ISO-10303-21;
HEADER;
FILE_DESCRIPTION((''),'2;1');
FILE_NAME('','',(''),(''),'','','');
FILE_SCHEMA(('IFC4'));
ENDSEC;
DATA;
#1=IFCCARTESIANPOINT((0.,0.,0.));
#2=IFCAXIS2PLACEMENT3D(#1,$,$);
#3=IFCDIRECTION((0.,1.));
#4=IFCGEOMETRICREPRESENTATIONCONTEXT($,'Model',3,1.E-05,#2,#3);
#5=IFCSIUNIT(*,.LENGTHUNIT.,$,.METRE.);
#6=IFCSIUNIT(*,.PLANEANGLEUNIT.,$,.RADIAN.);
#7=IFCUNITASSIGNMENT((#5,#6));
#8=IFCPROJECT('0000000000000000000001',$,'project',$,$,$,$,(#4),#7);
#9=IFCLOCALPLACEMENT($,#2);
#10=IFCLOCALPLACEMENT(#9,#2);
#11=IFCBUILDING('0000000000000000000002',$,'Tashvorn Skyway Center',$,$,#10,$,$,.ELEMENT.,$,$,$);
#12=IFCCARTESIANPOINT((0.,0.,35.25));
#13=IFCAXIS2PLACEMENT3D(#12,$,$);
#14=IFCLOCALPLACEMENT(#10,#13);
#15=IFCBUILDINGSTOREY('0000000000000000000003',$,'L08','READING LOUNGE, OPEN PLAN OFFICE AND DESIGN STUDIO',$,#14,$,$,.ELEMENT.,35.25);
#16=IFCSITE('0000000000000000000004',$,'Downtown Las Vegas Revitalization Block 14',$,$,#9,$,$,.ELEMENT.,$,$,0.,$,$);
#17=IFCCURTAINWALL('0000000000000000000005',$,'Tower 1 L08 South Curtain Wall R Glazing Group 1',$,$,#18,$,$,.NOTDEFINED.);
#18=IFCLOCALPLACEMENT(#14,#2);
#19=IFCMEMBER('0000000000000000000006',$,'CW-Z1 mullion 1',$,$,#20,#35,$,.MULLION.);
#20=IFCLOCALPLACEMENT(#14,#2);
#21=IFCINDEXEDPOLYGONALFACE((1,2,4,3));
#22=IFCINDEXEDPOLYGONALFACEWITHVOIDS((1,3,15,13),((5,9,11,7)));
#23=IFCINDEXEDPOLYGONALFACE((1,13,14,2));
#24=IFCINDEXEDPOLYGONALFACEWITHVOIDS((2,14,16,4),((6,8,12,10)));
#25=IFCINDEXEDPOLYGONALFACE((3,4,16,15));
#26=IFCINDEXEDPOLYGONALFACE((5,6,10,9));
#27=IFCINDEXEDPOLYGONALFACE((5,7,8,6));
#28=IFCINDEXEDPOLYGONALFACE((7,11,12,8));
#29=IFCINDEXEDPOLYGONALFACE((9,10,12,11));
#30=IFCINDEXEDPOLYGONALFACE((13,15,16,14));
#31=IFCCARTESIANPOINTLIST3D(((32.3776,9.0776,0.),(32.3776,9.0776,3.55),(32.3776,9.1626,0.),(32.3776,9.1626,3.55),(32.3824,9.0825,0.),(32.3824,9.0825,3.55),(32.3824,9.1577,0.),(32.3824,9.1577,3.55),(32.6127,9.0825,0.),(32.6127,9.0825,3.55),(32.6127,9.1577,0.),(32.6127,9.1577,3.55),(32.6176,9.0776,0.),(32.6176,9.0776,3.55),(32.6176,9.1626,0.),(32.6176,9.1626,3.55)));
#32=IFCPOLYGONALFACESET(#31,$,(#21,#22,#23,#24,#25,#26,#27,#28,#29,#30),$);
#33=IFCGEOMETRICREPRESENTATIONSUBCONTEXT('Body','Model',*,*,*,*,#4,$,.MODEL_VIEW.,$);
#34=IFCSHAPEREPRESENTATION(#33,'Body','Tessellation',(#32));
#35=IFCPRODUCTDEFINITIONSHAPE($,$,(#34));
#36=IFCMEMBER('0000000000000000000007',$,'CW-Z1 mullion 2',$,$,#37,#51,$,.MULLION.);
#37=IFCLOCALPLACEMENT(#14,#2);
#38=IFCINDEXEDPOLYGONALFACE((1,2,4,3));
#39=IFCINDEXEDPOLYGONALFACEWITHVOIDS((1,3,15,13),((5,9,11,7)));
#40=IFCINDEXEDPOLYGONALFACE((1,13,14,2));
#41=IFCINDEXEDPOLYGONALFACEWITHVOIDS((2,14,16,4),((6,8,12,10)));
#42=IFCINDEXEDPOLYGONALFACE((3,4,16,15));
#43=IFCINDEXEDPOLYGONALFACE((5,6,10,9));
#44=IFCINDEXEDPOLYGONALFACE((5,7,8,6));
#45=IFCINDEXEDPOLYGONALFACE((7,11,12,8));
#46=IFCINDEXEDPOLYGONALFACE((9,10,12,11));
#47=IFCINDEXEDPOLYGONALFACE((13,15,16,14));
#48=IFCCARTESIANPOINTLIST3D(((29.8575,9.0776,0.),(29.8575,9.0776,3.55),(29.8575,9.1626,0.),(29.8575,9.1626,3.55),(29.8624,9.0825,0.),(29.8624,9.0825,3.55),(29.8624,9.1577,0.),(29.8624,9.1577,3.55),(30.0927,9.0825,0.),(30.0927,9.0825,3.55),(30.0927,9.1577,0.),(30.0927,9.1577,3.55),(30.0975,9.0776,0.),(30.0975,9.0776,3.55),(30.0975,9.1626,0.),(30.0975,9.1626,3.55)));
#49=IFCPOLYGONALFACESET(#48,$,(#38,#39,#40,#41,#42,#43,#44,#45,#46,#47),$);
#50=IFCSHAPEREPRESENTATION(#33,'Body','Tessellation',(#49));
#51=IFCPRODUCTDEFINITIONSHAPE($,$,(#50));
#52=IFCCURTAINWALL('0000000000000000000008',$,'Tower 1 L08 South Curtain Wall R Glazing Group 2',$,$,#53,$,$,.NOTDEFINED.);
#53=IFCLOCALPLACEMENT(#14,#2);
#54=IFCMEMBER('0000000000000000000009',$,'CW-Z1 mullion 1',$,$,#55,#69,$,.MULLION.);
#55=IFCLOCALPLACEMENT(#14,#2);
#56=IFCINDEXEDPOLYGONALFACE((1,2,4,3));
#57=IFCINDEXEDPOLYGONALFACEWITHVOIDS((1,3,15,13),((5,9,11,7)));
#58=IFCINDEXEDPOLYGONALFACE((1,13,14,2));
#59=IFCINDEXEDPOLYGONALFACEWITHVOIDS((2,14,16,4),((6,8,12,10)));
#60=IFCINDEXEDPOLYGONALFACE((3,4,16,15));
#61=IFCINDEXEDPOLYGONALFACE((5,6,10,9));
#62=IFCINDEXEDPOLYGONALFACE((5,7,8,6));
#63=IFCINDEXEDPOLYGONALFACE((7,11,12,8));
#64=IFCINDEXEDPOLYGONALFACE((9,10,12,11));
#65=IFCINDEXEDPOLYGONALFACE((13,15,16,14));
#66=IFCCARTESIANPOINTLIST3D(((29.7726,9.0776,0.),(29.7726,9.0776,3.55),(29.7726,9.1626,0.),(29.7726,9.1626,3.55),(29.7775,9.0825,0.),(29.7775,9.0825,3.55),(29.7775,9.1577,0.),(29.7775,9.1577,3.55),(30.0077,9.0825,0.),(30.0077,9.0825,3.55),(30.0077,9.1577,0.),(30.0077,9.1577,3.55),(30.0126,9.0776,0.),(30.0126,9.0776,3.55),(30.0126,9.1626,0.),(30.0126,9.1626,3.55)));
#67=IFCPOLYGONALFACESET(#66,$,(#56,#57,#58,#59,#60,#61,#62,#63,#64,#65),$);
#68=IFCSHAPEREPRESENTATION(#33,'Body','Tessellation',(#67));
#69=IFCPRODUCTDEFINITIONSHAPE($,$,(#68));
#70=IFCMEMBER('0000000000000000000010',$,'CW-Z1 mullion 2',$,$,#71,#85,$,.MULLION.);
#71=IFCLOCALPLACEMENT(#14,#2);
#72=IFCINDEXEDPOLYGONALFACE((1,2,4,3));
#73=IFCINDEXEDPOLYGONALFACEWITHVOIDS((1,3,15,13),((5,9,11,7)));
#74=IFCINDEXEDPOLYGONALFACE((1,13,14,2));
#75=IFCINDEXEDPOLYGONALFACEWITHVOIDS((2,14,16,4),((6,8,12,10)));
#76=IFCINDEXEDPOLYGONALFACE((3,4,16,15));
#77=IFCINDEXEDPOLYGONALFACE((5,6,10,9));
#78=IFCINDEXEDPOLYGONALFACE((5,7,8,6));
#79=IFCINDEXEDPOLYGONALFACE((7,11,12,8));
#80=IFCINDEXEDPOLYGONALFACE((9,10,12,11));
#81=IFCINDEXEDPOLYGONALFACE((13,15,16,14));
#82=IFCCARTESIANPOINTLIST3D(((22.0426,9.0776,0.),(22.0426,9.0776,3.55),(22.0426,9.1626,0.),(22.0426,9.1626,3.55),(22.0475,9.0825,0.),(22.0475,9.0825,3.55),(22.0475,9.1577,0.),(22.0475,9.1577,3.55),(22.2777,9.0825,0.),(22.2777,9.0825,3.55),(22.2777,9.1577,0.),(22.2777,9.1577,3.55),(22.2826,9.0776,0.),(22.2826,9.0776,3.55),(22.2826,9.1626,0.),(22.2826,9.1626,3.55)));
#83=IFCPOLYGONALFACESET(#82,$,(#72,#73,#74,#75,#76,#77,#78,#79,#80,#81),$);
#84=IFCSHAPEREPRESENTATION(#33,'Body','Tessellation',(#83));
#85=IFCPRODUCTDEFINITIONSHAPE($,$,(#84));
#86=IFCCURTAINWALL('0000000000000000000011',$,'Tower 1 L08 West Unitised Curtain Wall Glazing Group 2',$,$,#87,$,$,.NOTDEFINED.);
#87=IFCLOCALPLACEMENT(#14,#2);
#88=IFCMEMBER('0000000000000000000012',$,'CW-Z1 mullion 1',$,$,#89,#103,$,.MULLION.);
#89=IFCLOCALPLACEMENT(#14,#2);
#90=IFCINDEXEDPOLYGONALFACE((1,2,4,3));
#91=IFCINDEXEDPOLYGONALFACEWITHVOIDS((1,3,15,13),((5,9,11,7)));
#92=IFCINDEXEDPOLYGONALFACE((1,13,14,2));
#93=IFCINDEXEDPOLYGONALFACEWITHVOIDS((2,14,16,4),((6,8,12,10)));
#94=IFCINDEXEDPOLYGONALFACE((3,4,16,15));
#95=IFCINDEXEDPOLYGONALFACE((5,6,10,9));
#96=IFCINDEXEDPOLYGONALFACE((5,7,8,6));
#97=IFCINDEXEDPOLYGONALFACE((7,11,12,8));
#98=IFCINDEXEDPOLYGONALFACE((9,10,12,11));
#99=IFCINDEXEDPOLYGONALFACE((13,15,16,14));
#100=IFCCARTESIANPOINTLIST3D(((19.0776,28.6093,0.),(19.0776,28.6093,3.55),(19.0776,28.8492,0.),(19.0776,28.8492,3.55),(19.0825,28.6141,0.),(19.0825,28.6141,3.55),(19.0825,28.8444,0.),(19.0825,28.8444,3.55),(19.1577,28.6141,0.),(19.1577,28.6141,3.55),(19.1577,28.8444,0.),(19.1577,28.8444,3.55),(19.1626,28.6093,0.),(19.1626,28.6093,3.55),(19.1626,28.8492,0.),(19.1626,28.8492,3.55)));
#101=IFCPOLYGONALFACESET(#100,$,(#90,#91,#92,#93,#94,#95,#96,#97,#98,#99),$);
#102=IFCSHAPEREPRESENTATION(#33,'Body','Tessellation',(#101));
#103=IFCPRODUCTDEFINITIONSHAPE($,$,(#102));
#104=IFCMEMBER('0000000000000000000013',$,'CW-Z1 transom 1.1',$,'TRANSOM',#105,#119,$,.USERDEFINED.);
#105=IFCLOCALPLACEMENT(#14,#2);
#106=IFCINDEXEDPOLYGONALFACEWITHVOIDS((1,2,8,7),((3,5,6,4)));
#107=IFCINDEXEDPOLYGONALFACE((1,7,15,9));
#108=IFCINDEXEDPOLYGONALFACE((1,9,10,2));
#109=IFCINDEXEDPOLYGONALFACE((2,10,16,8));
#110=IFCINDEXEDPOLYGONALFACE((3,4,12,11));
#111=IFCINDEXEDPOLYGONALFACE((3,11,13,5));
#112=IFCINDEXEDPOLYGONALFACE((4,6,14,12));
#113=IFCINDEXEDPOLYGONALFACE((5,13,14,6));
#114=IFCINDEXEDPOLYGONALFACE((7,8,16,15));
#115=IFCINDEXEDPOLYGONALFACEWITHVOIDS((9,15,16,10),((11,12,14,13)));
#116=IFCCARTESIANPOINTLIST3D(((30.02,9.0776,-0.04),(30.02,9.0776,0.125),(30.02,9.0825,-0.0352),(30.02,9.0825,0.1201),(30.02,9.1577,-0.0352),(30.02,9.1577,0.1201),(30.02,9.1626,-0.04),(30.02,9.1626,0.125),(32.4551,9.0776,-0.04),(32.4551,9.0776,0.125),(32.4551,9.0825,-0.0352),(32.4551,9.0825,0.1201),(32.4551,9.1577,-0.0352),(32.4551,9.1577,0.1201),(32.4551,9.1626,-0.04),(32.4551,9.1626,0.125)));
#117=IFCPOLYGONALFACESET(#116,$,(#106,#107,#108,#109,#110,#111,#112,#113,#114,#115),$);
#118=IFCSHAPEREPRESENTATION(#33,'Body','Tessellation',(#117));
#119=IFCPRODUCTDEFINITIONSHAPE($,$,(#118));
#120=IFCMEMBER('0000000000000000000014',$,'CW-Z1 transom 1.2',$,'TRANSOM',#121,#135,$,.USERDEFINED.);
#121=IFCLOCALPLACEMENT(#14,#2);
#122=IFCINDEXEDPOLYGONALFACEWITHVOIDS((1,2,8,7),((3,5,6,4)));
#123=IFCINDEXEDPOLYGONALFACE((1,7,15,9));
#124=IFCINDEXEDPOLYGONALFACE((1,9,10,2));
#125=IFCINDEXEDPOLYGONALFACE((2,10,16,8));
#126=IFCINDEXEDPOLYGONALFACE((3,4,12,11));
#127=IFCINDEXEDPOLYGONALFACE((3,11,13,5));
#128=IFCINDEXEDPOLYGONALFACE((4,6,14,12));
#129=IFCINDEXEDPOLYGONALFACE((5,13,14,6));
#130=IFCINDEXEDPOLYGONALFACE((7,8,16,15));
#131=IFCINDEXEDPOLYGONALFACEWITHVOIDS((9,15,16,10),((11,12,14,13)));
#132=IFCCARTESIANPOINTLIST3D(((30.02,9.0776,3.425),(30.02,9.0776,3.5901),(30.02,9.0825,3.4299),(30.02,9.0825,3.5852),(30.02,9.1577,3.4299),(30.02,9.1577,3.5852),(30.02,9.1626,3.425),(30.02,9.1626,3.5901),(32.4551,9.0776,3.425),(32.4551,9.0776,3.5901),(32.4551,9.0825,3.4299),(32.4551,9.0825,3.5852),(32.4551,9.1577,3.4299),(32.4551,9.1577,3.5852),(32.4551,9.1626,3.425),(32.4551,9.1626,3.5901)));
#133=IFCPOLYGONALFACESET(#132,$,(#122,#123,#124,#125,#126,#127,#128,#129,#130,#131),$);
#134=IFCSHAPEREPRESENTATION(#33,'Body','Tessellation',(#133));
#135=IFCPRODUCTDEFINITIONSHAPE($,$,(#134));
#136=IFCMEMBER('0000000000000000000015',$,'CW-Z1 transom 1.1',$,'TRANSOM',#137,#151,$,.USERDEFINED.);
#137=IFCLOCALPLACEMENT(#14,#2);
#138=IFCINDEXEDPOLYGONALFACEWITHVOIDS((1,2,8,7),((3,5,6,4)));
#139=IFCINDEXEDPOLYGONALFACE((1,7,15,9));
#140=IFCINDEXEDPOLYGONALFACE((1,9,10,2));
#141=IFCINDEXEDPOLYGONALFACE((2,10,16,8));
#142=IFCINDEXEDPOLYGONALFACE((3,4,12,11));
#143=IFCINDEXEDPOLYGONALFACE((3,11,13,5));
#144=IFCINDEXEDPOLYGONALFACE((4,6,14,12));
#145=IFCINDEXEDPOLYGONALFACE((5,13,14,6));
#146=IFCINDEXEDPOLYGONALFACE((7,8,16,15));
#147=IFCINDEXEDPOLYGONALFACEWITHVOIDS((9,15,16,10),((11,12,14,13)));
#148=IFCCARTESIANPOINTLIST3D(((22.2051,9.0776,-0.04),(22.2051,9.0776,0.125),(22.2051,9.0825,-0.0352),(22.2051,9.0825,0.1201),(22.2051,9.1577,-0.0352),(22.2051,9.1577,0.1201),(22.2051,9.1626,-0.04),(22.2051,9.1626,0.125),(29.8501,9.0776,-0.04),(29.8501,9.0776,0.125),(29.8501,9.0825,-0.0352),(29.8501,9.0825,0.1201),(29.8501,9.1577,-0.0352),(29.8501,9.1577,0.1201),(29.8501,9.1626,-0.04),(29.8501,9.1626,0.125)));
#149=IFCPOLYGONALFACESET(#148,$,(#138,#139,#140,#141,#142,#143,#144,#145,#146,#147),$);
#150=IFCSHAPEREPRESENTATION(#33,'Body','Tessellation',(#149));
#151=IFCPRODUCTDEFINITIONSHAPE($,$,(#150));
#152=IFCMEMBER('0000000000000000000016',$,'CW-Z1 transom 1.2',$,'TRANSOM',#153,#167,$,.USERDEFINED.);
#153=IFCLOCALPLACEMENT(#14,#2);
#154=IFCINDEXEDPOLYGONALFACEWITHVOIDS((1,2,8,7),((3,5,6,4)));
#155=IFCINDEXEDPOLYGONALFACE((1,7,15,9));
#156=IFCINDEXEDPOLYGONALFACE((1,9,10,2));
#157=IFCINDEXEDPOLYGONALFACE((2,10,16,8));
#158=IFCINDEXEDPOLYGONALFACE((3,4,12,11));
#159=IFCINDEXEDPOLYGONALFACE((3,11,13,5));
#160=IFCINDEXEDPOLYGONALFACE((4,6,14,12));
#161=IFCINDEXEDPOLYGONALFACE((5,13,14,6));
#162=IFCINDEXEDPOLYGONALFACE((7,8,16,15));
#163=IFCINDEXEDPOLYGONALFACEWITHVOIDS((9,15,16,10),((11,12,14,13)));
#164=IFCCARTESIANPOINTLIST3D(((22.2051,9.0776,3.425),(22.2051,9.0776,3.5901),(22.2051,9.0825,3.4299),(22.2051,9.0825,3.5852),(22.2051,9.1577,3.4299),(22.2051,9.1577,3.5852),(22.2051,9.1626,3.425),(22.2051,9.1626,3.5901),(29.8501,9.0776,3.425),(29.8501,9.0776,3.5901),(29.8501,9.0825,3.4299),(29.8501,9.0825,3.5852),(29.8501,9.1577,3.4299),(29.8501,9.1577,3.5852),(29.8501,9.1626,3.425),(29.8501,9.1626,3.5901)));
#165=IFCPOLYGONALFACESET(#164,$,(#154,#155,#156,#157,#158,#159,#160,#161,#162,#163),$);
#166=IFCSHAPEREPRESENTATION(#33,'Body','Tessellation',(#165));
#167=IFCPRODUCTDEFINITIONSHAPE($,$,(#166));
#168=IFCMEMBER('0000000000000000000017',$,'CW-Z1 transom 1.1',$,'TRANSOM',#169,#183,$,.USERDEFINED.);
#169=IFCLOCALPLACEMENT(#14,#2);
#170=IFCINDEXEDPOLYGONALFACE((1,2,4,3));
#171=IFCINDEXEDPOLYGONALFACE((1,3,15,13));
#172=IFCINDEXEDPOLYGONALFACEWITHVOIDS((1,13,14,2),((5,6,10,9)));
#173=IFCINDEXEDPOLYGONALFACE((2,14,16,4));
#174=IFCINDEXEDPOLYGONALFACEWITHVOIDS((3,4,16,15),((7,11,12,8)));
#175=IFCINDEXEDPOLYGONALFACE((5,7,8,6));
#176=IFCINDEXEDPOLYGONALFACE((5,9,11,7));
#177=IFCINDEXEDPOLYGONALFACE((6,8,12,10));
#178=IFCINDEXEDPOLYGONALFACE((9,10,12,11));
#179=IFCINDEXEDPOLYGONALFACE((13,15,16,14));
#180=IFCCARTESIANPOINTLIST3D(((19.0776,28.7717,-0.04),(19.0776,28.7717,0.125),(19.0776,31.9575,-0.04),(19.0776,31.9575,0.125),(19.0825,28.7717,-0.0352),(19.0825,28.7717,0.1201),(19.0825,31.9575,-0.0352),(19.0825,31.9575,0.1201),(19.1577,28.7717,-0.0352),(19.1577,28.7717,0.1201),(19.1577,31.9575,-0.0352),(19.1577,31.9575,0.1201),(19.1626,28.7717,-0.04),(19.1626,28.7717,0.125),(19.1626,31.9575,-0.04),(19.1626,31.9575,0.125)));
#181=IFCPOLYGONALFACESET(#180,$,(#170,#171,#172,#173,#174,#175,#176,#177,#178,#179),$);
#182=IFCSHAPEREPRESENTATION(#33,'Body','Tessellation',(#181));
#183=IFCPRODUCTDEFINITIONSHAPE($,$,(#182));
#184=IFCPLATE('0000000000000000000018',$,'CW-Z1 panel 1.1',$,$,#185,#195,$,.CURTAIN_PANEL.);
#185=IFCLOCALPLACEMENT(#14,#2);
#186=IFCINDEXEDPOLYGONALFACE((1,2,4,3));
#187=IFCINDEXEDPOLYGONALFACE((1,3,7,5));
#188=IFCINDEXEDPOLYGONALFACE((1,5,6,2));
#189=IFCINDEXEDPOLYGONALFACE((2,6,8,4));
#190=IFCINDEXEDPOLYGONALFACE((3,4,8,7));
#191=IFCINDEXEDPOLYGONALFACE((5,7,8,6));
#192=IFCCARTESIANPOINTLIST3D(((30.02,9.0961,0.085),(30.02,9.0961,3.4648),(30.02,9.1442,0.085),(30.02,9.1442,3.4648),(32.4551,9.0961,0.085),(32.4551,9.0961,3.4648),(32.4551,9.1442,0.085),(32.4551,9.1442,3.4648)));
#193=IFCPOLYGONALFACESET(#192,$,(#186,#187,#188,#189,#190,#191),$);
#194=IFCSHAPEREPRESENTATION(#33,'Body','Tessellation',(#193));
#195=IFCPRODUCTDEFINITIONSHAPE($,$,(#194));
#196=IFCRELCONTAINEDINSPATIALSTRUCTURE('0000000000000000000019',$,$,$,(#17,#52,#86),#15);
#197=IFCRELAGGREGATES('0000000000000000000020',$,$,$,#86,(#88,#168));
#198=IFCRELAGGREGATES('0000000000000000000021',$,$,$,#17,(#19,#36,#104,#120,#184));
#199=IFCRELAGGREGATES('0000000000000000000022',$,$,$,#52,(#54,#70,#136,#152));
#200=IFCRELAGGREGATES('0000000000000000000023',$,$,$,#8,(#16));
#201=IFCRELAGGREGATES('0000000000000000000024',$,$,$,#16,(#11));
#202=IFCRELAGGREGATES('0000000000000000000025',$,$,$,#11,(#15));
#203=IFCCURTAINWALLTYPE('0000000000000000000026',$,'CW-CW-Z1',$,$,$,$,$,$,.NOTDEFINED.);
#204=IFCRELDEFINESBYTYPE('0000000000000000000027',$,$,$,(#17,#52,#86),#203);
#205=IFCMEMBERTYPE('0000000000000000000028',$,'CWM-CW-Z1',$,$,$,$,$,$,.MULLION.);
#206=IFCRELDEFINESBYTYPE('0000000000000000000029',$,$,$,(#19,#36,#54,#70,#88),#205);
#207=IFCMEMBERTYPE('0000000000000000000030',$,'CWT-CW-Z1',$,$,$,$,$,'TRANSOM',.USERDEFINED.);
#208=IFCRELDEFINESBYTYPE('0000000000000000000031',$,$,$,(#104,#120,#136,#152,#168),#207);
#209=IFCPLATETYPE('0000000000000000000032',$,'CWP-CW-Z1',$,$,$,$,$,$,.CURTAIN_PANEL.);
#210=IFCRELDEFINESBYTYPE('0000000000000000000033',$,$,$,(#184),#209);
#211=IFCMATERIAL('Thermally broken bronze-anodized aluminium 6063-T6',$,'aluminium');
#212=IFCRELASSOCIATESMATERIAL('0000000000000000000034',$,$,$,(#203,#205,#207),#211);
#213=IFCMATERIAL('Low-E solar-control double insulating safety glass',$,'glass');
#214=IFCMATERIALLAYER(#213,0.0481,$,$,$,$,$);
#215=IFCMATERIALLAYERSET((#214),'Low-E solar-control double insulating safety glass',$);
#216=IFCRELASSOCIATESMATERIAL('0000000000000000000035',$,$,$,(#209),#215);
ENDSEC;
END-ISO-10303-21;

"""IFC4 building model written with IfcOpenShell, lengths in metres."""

from ifc_helpers import new_model, si_unit, direction, frame, origin, origin_2d, place, context, subcontext, project, spatial, rectangle, hollow_rectangle, extrude, material, layer, layer_set, material_profile, profile_set, type_object, element, aggregate, save


model = new_model("IFC4")

# Units and contexts
model_context = context("Model", 3, precision=1e-05, world=origin(), true_north=direction((0.0, 1.0)))
body_context = subcontext(model_context, "Body", "Model", "MODEL_VIEW")
ifc_project = project(units=[si_unit("LENGTHUNIT", "METRE"), si_unit("PLANEANGLEUNIT", "RADIAN")], contexts=[model_context])

# Site, building, storey
site_placement = place(None, origin())
site = spatial("IfcSite", under=ifc_project, at=site_placement, Name="Downtown Las Vegas Revitalization Block 14", CompositionType="ELEMENT", RefElevation=0.0)
building_placement = place(site_placement, origin())
building = spatial("IfcBuilding", under=site, at=building_placement, Name="Tashvorn Skyway Center", CompositionType="ELEMENT")
storey_placement = place(building_placement, frame((0.0, 0.0, 35.25)))
storey = spatial("IfcBuildingStorey", under=building, at=storey_placement, Name="L08", Description="READING LOUNGE, OPEN PLAN OFFICE AND DESIGN STUDIO", CompositionType="ELEMENT", Elevation=35.25)

# Curtain walls, members
ifc_material_1 = material(Name="Thermally broken bronze-anodized aluminium 6063-T6", Category="aluminium")
curtain_wall_type = type_object("IfcCurtainWallType", Name="CW-CW-Z1", PredefinedType="NOTDEFINED", material=ifc_material_1)
curtain_wall_1_placement = place(storey_placement, origin())
curtain_wall_1 = element("IfcCurtainWall", 1, at=curtain_wall_1_placement, inside=storey, type_object=curtain_wall_type, Name="Tower 1 L08 South Curtain Wall R Glazing Group 1", PredefinedType="NOTDEFINED")
ifc_material_profile_1 = material_profile(ifc_material_1, hollow_rectangle(XDim=0.085, YDim=0.24, WallThickness=0.0049, at=origin_2d()), Name="ALU-MULL-85x240")
ifc_profile_set_1 = profile_set([ifc_material_profile_1], Name="Thermally broken bronze-anodized aluminium 6063-T6")
member_type_1 = type_object("IfcMemberType", Name="CWM-CW-Z1", PredefinedType="MULLION", material=ifc_profile_set_1)
member_1_placement = place(storey_placement, frame((32.4976, 9.1201, 0.0), z_axis=(0.0, 0.0, 1.0), x_axis=(0.0, -1.0, 0.0)))
member_1 = element("IfcMember", 2, at=member_1_placement, type_object=member_type_1, Name="CW-Z1 mullion 1", PredefinedType="MULLION", context=body_context, shape_type="SweptSolid", body=[
    extrude(hollow_rectangle(XDim=0.085, YDim=0.24, WallThickness=0.0049, at=origin_2d()), origin(), (0.0, 0.0, 1.0), 3.55),
])
member_2_placement = place(storey_placement, frame((29.9775, 9.1201, 0.0), z_axis=(0.0, 0.0, 1.0), x_axis=(0.0, -1.0, 0.0)))
member_2 = element("IfcMember", 3, at=member_2_placement, type_object=member_type_1, Name="CW-Z1 mullion 2", PredefinedType="MULLION", context=body_context, shape_type="SweptSolid", body=[
    extrude(hollow_rectangle(XDim=0.085, YDim=0.24, WallThickness=0.0049, at=origin_2d()), origin(), (0.0, 0.0, 1.0), 3.55),
])
curtain_wall_2_placement = place(storey_placement, origin())
curtain_wall_2 = element("IfcCurtainWall", 4, at=curtain_wall_2_placement, inside=storey, type_object=curtain_wall_type, Name="Tower 1 L08 South Curtain Wall R Glazing Group 2", PredefinedType="NOTDEFINED")
member_3_placement = place(storey_placement, frame((29.8926, 9.1201, 0.0), z_axis=(0.0, 0.0, 1.0), x_axis=(0.0, -1.0, 0.0)))
member_3 = element("IfcMember", 5, at=member_3_placement, type_object=member_type_1, Name="CW-Z1 mullion 1", PredefinedType="MULLION", context=body_context, shape_type="SweptSolid", body=[
    extrude(hollow_rectangle(XDim=0.085, YDim=0.24, WallThickness=0.0049, at=origin_2d()), origin(), (0.0, 0.0, 1.0), 3.55),
])
member_4_placement = place(storey_placement, frame((22.1626, 9.1201, 0.0), z_axis=(0.0, 0.0, 1.0), x_axis=(0.0, -1.0, 0.0)))
member_4 = element("IfcMember", 6, at=member_4_placement, type_object=member_type_1, Name="CW-Z1 mullion 2", PredefinedType="MULLION", context=body_context, shape_type="SweptSolid", body=[
    extrude(hollow_rectangle(XDim=0.085, YDim=0.24, WallThickness=0.0049, at=origin_2d()), origin(), (0.0, 0.0, 1.0), 3.55),
])

# Curtain wall, member
curtain_wall_3_placement = place(storey_placement, origin())
curtain_wall_3 = element("IfcCurtainWall", 7, at=curtain_wall_3_placement, inside=storey, type_object=curtain_wall_type, Name="Tower 1 L08 West Unitised Curtain Wall Glazing Group 2", PredefinedType="NOTDEFINED")
member_5_placement = place(storey_placement, frame((19.1201, 28.7292, 0.0), z_axis=(0.0, 0.0, 1.0), x_axis=(-1.0, 0.0, 0.0)))
member_5 = element("IfcMember", 8, at=member_5_placement, type_object=member_type_1, Name="CW-Z1 mullion 1", PredefinedType="MULLION", context=body_context, shape_type="SweptSolid", body=[
    extrude(hollow_rectangle(XDim=0.085, YDim=0.24, WallThickness=0.0049, at=origin_2d()), origin(), (0.0, 0.0, 1.0), 3.55),
])

# Members
ifc_material_profile_2 = material_profile(ifc_material_1, hollow_rectangle(XDim=0.085, YDim=0.165, WallThickness=0.0049, at=origin_2d()), Name="ALU-TRAN-85x165")
ifc_profile_set_2 = profile_set([ifc_material_profile_2], Name="Thermally broken bronze-anodized aluminium 6063-T6")
member_type_2 = type_object("IfcMemberType", Name="CWT-CW-Z1", ElementType="TRANSOM", PredefinedType="USERDEFINED", material=ifc_profile_set_2)
member_6_placement = place(storey_placement, frame((32.4551, 9.1201, 0.0425), z_axis=(-1.0, 0.0, 0.0), x_axis=(0.0, -1.0, 0.0)))
member_6 = element("IfcMember", 9, at=member_6_placement, type_object=member_type_2, Name="CW-Z1 transom 1.1", ObjectType="TRANSOM", PredefinedType="USERDEFINED", context=body_context, shape_type="SweptSolid", body=[
    extrude(hollow_rectangle(XDim=0.085, YDim=0.165, WallThickness=0.0049, at=origin_2d()), origin(), (0.0, 0.0, 1.0), 2.4351),
])
member_7_placement = place(storey_placement, frame((32.4551, 9.1201, 3.5076), z_axis=(-1.0, 0.0, 0.0), x_axis=(0.0, -1.0, 0.0)))
member_7 = element("IfcMember", 10, at=member_7_placement, type_object=member_type_2, Name="CW-Z1 transom 1.2", ObjectType="TRANSOM", PredefinedType="USERDEFINED", context=body_context, shape_type="SweptSolid", body=[
    extrude(hollow_rectangle(XDim=0.085, YDim=0.165, WallThickness=0.0049, at=origin_2d()), origin(), (0.0, 0.0, 1.0), 2.4351),
])
member_8_placement = place(storey_placement, frame((29.8501, 9.1201, 0.0425), z_axis=(-1.0, 0.0, 0.0), x_axis=(0.0, -1.0, 0.0)))
member_8 = element("IfcMember", 11, at=member_8_placement, type_object=member_type_2, Name="CW-Z1 transom 1.1", ObjectType="TRANSOM", PredefinedType="USERDEFINED", context=body_context, shape_type="SweptSolid", body=[
    extrude(hollow_rectangle(XDim=0.085, YDim=0.165, WallThickness=0.0049, at=origin_2d()), origin(), (0.0, 0.0, 1.0), 7.645),
])
member_9_placement = place(storey_placement, frame((29.8501, 9.1201, 3.5076), z_axis=(-1.0, 0.0, 0.0), x_axis=(0.0, -1.0, 0.0)))
member_9 = element("IfcMember", 12, at=member_9_placement, type_object=member_type_2, Name="CW-Z1 transom 1.2", ObjectType="TRANSOM", PredefinedType="USERDEFINED", context=body_context, shape_type="SweptSolid", body=[
    extrude(hollow_rectangle(XDim=0.085, YDim=0.165, WallThickness=0.0049, at=origin_2d()), origin(), (0.0, 0.0, 1.0), 7.645),
])
member_10_placement = place(storey_placement, frame((19.1201, 28.7717, 0.0425), z_axis=(0.0, 1.0, 0.0), x_axis=(-1.0, 0.0, 0.0)))
member_10 = element("IfcMember", 13, at=member_10_placement, type_object=member_type_2, Name="CW-Z1 transom 1.1", ObjectType="TRANSOM", PredefinedType="USERDEFINED", context=body_context, shape_type="SweptSolid", body=[
    extrude(hollow_rectangle(XDim=0.085, YDim=0.165, WallThickness=0.0049, at=origin_2d()), origin(), (0.0, 0.0, 1.0), 3.1858),
])
aggregate(curtain_wall_3, [member_5, member_10])

# Plate
ifc_material_2 = material(Name="Low-E solar-control double insulating safety glass", Category="glass")
ifc_layer_1 = layer(ifc_material_2, 0.0481)
ifc_layer_set_1 = layer_set([ifc_layer_1], Name="Low-E solar-control double insulating safety glass")
plate_type = type_object("IfcPlateType", Name="CWP-CW-Z1", PredefinedType="CURTAIN_PANEL", material=ifc_layer_set_1)
plate_1_placement = place(storey_placement, frame((31.2375, 9.1201, 0.085), z_axis=(0.0, 0.0, 1.0), x_axis=(-1.0, 0.0, 0.0)))
plate_1 = element("IfcPlate", 14, at=plate_1_placement, type_object=plate_type, Name="CW-Z1 panel 1.1", PredefinedType="CURTAIN_PANEL", context=body_context, shape_type="SweptSolid", body=[
    extrude(rectangle(XDim=2.4351, YDim=0.0481, at=origin_2d()), origin(), (0.0, 0.0, 1.0), 3.3799),
])
aggregate(curtain_wall_1, [member_1, member_2, member_6, member_7, plate_1])
aggregate(curtain_wall_2, [member_3, member_4, member_8, member_9])

save(model, "model.ifc")
